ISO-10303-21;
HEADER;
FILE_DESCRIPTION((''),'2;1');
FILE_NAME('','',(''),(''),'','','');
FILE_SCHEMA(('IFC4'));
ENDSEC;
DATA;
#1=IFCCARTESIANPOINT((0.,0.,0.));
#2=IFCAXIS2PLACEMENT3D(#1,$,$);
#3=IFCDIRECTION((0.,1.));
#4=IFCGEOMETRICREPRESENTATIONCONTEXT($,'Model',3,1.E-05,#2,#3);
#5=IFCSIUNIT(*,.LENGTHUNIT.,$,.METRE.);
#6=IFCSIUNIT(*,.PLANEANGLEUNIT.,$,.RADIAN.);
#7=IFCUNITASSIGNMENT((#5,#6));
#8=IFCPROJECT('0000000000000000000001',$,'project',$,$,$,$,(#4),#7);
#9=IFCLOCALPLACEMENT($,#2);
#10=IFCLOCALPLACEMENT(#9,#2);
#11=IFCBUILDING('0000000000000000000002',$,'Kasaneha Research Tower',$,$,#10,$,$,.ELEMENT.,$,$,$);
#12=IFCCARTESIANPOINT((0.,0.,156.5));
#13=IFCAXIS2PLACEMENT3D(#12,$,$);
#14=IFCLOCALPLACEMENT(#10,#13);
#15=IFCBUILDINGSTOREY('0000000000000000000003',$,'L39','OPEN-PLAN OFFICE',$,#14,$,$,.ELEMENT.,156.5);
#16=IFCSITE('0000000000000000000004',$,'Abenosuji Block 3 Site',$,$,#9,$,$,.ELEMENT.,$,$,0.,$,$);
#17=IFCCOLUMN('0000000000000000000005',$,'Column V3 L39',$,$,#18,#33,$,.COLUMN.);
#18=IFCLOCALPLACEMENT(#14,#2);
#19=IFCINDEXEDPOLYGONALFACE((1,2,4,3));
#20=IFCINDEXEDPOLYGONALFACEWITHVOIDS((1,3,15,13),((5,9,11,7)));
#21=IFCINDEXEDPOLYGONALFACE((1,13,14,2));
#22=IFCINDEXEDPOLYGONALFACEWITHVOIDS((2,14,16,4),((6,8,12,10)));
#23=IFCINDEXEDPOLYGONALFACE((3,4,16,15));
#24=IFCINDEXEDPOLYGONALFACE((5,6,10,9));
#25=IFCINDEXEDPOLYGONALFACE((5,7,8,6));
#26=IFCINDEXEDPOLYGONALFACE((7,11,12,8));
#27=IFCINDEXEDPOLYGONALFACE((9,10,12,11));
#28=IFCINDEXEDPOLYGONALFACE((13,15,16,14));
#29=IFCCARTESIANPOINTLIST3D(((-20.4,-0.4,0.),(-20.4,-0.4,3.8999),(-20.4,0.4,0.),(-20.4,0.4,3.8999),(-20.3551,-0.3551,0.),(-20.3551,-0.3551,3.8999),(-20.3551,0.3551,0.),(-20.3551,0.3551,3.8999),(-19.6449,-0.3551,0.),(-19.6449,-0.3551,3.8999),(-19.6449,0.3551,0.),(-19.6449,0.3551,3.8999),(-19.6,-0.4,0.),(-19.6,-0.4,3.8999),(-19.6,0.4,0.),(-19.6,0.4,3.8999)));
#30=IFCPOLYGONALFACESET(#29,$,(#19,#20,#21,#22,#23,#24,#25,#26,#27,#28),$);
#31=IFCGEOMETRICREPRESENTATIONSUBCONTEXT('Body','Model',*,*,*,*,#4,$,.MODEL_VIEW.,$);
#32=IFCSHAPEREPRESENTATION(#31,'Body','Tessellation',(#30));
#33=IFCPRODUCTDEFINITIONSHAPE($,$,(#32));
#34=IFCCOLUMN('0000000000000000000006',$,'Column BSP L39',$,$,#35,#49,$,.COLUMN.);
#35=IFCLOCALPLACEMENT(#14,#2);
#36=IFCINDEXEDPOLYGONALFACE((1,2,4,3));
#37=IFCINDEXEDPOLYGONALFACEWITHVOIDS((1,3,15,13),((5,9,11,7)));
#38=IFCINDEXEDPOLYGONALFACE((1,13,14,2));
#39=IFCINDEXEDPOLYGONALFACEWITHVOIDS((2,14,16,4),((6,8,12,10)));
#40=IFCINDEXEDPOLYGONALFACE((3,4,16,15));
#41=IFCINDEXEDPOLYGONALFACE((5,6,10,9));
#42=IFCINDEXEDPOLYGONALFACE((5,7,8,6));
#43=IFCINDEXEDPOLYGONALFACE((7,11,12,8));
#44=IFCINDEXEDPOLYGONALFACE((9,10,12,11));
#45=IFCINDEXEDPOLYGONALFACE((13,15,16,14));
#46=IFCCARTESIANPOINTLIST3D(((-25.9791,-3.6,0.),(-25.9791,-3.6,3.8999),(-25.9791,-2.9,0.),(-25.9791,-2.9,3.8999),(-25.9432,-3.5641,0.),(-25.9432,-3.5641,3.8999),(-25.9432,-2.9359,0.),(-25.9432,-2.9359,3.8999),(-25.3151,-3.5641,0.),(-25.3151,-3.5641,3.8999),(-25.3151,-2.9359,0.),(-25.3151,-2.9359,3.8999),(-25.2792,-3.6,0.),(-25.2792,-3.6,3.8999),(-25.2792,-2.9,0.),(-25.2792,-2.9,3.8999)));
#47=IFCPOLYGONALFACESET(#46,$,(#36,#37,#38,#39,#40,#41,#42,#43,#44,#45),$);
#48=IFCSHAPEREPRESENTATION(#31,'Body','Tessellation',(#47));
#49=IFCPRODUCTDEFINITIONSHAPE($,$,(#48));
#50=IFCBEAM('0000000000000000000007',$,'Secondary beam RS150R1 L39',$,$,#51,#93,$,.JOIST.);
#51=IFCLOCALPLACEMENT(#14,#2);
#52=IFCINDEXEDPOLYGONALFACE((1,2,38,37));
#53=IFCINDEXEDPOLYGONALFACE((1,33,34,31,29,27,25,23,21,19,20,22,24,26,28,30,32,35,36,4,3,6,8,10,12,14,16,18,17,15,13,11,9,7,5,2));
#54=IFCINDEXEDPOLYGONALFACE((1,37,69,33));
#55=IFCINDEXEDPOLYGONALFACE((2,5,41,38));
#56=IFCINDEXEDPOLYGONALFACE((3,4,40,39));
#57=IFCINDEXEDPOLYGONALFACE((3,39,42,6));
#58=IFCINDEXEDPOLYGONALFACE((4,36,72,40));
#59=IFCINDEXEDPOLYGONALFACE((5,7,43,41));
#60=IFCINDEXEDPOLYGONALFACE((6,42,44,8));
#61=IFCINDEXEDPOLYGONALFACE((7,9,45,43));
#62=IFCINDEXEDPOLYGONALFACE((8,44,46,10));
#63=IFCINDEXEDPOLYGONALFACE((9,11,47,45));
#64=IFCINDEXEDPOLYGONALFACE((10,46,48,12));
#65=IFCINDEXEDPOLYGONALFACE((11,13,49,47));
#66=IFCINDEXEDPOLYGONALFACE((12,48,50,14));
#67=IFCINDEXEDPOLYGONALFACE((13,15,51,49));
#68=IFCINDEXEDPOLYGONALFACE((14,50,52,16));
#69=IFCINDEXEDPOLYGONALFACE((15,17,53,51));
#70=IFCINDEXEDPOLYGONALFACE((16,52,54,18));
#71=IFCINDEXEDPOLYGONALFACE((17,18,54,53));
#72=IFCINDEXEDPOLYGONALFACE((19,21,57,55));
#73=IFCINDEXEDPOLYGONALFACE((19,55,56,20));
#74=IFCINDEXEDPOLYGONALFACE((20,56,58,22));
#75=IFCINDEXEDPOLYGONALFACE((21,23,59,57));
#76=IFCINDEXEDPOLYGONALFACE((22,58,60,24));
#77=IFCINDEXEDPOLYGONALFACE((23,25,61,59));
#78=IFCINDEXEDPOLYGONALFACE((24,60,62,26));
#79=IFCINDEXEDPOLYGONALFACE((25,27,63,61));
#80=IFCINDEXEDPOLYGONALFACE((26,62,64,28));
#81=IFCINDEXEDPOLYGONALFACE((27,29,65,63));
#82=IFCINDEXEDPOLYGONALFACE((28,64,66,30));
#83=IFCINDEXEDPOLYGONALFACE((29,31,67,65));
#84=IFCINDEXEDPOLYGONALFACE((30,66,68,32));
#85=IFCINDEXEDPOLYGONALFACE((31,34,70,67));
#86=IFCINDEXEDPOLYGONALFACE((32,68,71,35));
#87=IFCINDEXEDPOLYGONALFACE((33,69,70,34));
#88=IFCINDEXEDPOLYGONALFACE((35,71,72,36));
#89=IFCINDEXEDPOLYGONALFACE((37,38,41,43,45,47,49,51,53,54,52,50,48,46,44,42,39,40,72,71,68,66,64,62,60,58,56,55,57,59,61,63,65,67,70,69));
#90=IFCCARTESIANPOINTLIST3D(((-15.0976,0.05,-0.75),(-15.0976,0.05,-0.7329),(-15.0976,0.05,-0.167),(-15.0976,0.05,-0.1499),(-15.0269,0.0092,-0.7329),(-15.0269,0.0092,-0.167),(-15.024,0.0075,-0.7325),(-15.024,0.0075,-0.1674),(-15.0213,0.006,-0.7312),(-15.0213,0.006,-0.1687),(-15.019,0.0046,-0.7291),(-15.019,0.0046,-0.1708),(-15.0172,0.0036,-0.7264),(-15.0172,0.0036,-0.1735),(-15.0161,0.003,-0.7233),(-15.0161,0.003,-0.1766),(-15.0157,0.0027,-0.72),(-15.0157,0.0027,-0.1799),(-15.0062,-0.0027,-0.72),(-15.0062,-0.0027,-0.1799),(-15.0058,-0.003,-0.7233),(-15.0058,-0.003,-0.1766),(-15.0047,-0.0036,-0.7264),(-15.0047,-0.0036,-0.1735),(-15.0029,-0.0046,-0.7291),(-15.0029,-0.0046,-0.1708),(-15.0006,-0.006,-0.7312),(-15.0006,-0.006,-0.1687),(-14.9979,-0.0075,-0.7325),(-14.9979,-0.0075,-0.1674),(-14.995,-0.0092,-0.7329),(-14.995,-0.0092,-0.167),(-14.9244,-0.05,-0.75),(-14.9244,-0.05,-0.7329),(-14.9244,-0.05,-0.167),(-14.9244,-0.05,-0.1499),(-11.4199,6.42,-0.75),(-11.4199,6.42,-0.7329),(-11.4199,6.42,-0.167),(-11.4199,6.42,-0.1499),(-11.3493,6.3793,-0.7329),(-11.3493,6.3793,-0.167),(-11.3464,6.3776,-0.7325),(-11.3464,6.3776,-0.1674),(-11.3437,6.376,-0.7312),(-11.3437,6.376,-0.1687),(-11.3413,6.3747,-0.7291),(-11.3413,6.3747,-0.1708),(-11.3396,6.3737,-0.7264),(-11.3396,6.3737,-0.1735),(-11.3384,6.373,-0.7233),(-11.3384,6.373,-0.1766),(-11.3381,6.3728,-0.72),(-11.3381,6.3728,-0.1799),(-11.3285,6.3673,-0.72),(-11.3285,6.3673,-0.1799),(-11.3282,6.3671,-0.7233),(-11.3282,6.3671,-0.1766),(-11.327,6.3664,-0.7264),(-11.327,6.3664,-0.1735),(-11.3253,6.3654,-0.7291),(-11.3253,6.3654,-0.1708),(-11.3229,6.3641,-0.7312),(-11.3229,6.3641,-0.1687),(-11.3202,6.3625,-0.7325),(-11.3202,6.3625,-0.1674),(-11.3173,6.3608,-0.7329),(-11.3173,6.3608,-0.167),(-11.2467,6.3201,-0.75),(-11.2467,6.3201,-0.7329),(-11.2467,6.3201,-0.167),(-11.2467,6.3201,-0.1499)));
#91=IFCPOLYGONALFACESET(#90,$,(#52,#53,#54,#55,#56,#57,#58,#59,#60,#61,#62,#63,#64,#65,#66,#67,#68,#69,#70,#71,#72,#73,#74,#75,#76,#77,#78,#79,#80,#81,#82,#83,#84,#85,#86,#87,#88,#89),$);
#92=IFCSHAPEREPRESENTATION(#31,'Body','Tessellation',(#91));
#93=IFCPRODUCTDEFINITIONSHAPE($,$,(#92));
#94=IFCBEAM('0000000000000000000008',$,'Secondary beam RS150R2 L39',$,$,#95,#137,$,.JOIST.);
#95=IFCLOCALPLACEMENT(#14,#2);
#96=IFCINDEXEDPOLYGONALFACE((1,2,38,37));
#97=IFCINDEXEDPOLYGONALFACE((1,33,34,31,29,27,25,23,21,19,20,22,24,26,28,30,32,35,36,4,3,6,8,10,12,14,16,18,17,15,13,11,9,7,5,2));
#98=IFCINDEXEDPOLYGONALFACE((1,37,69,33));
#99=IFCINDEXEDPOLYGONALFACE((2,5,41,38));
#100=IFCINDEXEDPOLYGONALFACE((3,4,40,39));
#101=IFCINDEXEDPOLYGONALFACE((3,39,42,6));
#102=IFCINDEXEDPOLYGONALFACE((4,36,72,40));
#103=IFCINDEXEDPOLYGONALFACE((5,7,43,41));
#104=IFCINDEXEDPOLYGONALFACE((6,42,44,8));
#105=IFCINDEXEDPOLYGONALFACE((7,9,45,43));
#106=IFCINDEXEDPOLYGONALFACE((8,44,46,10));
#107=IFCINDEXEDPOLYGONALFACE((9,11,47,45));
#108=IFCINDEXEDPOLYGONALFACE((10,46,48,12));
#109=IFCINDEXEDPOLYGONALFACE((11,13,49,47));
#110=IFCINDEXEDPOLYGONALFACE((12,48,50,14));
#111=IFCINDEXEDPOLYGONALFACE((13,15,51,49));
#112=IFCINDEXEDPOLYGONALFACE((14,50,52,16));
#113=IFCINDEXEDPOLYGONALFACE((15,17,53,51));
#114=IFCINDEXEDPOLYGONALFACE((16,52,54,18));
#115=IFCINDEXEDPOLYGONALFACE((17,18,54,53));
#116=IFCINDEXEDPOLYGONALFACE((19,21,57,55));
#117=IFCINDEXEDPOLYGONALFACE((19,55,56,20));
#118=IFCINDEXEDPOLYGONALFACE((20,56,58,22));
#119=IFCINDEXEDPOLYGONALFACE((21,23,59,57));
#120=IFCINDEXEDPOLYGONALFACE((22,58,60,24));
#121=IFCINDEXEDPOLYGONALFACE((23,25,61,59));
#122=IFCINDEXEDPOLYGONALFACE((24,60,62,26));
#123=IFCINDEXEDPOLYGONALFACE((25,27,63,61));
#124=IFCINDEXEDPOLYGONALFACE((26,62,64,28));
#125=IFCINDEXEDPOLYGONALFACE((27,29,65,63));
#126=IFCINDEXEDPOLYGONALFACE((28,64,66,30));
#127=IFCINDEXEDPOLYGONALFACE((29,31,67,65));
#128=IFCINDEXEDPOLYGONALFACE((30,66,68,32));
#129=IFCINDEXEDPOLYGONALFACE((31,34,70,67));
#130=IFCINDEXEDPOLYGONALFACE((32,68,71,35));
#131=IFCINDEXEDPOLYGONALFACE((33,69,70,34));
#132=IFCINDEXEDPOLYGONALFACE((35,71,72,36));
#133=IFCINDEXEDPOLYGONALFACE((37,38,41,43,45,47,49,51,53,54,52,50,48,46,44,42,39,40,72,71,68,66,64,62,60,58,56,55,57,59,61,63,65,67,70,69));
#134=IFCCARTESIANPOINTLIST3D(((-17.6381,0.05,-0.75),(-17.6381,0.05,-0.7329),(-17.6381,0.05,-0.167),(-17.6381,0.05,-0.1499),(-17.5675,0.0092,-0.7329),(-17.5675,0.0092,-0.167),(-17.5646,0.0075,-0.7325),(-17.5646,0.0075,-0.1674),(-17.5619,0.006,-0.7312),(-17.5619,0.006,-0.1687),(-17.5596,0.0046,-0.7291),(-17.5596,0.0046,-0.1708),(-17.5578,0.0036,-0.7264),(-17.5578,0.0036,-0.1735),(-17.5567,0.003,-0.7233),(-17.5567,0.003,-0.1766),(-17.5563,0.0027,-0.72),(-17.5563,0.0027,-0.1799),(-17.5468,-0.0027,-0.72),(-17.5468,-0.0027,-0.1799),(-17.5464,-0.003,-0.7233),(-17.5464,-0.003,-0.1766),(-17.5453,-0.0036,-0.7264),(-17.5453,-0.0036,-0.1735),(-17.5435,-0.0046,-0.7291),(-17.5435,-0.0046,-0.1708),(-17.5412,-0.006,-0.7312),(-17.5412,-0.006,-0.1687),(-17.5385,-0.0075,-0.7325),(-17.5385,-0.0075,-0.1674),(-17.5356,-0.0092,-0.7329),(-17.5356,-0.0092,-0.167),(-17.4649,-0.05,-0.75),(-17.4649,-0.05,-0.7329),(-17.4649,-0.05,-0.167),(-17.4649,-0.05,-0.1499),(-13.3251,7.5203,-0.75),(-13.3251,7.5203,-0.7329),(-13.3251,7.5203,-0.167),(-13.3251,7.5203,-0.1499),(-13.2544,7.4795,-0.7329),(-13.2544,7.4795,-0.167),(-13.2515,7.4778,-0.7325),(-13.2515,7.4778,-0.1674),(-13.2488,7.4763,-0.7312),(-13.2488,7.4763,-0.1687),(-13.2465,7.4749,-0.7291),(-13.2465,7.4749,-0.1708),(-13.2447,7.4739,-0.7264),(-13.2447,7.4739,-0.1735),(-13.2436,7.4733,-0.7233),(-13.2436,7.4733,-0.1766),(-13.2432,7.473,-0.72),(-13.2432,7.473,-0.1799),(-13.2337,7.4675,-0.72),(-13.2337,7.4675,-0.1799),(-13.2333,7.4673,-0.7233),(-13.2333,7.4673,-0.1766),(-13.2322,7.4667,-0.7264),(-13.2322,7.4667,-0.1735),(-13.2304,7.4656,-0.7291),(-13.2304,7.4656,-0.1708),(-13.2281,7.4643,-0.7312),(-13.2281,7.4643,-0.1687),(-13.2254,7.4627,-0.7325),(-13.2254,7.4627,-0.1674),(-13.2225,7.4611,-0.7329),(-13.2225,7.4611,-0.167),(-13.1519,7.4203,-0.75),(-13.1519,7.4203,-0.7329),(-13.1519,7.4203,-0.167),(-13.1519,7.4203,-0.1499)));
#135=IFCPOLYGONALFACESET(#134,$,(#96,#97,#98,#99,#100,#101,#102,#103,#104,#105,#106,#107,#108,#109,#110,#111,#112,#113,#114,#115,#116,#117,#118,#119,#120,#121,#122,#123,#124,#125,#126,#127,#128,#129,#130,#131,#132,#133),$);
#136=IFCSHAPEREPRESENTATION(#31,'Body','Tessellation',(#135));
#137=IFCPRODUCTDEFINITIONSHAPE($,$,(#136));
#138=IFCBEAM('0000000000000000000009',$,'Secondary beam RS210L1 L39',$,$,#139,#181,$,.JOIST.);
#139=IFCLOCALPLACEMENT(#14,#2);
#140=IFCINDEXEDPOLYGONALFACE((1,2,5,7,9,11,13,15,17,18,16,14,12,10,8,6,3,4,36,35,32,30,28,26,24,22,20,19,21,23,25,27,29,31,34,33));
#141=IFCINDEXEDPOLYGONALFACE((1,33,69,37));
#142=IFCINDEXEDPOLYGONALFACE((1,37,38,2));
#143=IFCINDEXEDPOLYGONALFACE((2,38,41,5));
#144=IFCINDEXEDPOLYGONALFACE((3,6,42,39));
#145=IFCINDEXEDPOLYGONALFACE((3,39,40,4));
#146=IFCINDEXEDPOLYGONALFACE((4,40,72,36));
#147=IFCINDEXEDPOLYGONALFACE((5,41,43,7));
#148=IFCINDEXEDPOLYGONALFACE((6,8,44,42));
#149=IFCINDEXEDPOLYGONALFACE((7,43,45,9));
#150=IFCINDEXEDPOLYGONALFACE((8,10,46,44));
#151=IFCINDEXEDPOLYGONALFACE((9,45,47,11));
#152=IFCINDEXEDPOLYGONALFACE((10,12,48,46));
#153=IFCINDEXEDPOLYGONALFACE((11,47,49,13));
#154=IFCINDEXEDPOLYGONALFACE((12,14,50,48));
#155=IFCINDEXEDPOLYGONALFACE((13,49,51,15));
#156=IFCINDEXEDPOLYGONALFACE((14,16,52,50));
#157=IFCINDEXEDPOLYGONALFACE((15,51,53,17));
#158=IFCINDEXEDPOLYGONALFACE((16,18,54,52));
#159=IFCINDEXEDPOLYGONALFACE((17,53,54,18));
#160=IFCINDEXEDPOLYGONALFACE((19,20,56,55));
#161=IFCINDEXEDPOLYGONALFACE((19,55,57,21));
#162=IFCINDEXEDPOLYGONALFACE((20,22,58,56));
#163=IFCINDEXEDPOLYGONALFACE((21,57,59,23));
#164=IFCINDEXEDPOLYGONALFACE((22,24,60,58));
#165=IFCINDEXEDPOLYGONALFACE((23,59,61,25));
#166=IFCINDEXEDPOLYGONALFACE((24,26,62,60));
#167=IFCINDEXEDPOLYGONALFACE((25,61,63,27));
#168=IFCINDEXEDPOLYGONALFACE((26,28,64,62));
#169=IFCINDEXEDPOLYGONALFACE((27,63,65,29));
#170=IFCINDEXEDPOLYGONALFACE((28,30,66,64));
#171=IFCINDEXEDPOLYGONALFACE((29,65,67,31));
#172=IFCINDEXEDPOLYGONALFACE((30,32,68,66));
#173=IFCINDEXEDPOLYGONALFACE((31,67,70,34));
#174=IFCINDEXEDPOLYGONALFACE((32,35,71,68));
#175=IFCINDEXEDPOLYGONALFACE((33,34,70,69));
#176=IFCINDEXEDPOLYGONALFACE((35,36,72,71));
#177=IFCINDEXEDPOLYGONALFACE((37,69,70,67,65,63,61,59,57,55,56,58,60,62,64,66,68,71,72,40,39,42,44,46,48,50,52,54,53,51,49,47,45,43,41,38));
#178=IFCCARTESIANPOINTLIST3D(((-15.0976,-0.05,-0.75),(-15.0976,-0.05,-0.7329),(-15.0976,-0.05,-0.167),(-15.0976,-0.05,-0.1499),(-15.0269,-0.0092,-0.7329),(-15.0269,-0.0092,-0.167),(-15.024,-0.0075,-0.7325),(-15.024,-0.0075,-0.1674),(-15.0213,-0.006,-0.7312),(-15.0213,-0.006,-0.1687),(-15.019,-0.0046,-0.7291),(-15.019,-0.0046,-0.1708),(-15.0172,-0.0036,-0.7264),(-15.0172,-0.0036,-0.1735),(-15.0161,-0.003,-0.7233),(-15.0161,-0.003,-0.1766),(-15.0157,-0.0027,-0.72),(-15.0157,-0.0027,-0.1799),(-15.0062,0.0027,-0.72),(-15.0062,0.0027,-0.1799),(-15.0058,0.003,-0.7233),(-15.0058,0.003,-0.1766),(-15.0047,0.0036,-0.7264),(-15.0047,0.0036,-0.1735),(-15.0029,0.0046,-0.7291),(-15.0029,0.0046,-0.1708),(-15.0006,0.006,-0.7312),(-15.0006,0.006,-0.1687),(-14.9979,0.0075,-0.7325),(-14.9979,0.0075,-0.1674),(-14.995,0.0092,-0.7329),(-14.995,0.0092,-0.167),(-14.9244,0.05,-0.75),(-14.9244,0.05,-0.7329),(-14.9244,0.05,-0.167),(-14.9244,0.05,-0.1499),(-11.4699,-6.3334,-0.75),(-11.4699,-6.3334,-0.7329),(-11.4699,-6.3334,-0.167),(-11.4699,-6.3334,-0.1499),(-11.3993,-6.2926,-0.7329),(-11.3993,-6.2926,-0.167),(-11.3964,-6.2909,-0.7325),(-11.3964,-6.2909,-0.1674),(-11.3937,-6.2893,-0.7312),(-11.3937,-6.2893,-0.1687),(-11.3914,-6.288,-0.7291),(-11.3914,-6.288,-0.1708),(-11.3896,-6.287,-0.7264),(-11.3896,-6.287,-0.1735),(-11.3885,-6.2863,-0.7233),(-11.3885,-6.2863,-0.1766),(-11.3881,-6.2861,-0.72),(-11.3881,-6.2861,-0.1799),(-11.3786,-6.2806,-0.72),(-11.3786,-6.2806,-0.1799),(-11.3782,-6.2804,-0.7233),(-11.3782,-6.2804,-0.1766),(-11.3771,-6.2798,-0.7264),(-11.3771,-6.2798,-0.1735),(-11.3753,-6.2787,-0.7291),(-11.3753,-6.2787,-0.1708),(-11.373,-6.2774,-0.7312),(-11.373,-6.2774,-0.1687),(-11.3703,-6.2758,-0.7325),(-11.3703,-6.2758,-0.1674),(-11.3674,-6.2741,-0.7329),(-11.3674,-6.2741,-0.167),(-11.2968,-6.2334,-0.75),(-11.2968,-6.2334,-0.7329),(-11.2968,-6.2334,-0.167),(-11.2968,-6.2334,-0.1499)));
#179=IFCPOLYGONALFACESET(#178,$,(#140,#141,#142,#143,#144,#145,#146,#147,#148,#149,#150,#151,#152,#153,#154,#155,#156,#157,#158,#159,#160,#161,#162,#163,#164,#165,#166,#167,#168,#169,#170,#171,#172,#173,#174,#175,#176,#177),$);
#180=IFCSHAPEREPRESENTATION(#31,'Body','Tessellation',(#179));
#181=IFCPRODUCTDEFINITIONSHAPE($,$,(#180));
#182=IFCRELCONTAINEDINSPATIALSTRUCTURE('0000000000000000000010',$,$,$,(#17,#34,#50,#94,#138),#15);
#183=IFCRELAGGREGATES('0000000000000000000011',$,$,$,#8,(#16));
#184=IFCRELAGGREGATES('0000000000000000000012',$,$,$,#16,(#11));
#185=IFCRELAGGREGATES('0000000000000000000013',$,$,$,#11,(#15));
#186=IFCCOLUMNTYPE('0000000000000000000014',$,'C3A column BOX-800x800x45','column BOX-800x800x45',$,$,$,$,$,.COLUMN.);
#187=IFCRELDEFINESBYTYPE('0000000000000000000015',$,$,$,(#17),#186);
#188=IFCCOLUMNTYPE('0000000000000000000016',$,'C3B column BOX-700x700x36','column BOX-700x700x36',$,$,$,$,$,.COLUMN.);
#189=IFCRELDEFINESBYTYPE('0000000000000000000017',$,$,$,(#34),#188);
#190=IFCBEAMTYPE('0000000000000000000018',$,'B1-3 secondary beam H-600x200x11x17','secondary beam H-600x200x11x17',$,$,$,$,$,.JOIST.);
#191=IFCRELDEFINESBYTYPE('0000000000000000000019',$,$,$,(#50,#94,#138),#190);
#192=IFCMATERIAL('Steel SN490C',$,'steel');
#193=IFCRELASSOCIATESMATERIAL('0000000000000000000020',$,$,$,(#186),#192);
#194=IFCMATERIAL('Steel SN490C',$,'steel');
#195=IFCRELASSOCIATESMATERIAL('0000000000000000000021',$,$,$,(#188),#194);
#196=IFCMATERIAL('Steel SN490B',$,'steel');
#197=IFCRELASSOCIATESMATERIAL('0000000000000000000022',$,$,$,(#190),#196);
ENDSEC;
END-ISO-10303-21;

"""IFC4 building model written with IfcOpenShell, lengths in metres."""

from ifc_helpers import new_model, si_unit, direction, frame, origin, origin_2d, place, context, subcontext, project, spatial, hollow_rectangle, i_section, extrude, material, material_profile, profile_set, type_object, element, save


model = new_model("IFC4")

# Units and contexts
model_context = context("Model", 3, precision=1e-05, world=origin(), true_north=direction((0.0, 1.0)))
body_context = subcontext(model_context, "Body", "Model", "MODEL_VIEW")
ifc_project = project(units=[si_unit("LENGTHUNIT", "METRE"), si_unit("PLANEANGLEUNIT", "RADIAN")], contexts=[model_context])

# Site, building, storey
site_placement = place(None, origin())
site = spatial("IfcSite", under=ifc_project, at=site_placement, Name="Abenosuji Block 3 Site", CompositionType="ELEMENT", RefElevation=0.0)
building_placement = place(site_placement, origin())
building = spatial("IfcBuilding", under=site, at=building_placement, Name="Kasaneha Research Tower", CompositionType="ELEMENT")
storey_placement = place(building_placement, frame((0.0, 0.0, 156.5)))
storey = spatial("IfcBuildingStorey", under=building, at=storey_placement, Name="L39", Description="OPEN-PLAN OFFICE", CompositionType="ELEMENT", Elevation=156.5)

# Columns
ifc_material_1 = material(Name="Steel SN490C", Category="steel")
ifc_material_profile_1 = material_profile(ifc_material_1, hollow_rectangle(XDim=0.8, YDim=0.8, WallThickness=0.0449, at=origin_2d()), Name="BOX-800x800x45")
ifc_profile_set_1 = profile_set([ifc_material_profile_1], Name="Steel SN490C")
column_type_1 = type_object("IfcColumnType", Name="C3A column BOX-800x800x45", Description="column BOX-800x800x45", PredefinedType="COLUMN", material=ifc_profile_set_1)
column_1_placement = place(storey_placement, frame((-20.0, 0.0, 0.0), z_axis=(0.0, 0.0, 1.0), x_axis=(1.0, 0.0, 0.0)))
element("IfcColumn", 1, at=column_1_placement, inside=storey, type_object=column_type_1, Name="Column V3 L39", PredefinedType="COLUMN", context=body_context, shape_type="SweptSolid", body=[
    extrude(hollow_rectangle(XDim=0.8, YDim=0.8, WallThickness=0.0449, at=origin_2d()), origin(), (0.0, 0.0, 1.0), 3.8999),
])
ifc_material_2 = material(Name="Steel SN490C", Category="steel")
ifc_material_profile_2 = material_profile(ifc_material_2, hollow_rectangle(XDim=0.7, YDim=0.7, WallThickness=0.0359, at=origin_2d()), Name="BOX-700x700x36")
ifc_profile_set_2 = profile_set([ifc_material_profile_2], Name="Steel SN490C")
column_type_2 = type_object("IfcColumnType", Name="C3B column BOX-700x700x36", Description="column BOX-700x700x36", PredefinedType="COLUMN", material=ifc_profile_set_2)
column_2_placement = place(storey_placement, frame((-25.6292, -3.25, 0.0), z_axis=(0.0, 0.0, 1.0), x_axis=(1.0, 0.0, 0.0)))
element("IfcColumn", 2, at=column_2_placement, inside=storey, type_object=column_type_2, Name="Column BSP L39", PredefinedType="COLUMN", context=body_context, shape_type="SweptSolid", body=[
    extrude(hollow_rectangle(XDim=0.7, YDim=0.7, WallThickness=0.0359, at=origin_2d()), origin(), (0.0, 0.0, 1.0), 3.8999),
])

# Beams
ifc_material_3 = material(Name="Steel SN490B", Category="steel")
ifc_material_profile_3 = material_profile(ifc_material_3, i_section(OverallWidth=0.2, OverallDepth=0.6001, WebThickness=0.011, FlangeThickness=0.0171, FilletRadius=0.0129, at=origin_2d()), Name="H-600x200x11x17")
ifc_profile_set_3 = profile_set([ifc_material_profile_3], Name="Steel SN490B")
beam_type_1 = type_object("IfcBeamType", Name="B1-3 secondary beam H-600x200x11x17", Description="secondary beam H-600x200x11x17", PredefinedType="JOIST", material=ifc_profile_set_3)
beam_1_placement = place(storey_placement, frame((-15.011, 0.0, -0.45), z_axis=(0.499994, 0.866029, 0.0), x_axis=(-0.866029, 0.499994, 0.0)))
element("IfcBeam", 3, at=beam_1_placement, inside=storey, type_object=beam_type_1, Name="Secondary beam RS150R1 L39", PredefinedType="JOIST", context=body_context, shape_type="SweptSolid", body=[
    extrude(i_section(OverallWidth=0.2, OverallDepth=0.6001, WebThickness=0.011, FlangeThickness=0.0171, FilletRadius=0.0129, at=origin_2d()), origin(), (0.0, 0.0, 1.0), 7.3555),
])
beam_2_placement = place(storey_placement, frame((-17.5515, 0.0, -0.45), z_axis=(0.500005, 0.866023, 0.0), x_axis=(-0.866023, 0.500005, 0.0)))
element("IfcBeam", 4, at=beam_2_placement, inside=storey, type_object=beam_type_1, Name="Secondary beam RS150R2 L39", PredefinedType="JOIST", context=body_context, shape_type="SweptSolid", body=[
    extrude(i_section(OverallWidth=0.2, OverallDepth=0.6001, WebThickness=0.011, FlangeThickness=0.0171, FilletRadius=0.0129, at=origin_2d()), origin(), (0.0, 0.0, 1.0), 8.626),
])
beam_3_placement = place(storey_placement, frame((-15.011, 0.0, -0.45), z_axis=(0.499993, -0.866029, 0.0), x_axis=(0.866029, 0.499993, 0.0)))
element("IfcBeam", 5, at=beam_3_placement, inside=storey, type_object=beam_type_1, Name="Secondary beam RS210L1 L39", PredefinedType="JOIST", context=body_context, shape_type="SweptSolid", body=[
    extrude(i_section(OverallWidth=0.2, OverallDepth=0.6001, WebThickness=0.011, FlangeThickness=0.0171, FilletRadius=0.0129, at=origin_2d()), origin(), (0.0, 0.0, 1.0), 7.2554),
])

save(model, "model.ifc")
